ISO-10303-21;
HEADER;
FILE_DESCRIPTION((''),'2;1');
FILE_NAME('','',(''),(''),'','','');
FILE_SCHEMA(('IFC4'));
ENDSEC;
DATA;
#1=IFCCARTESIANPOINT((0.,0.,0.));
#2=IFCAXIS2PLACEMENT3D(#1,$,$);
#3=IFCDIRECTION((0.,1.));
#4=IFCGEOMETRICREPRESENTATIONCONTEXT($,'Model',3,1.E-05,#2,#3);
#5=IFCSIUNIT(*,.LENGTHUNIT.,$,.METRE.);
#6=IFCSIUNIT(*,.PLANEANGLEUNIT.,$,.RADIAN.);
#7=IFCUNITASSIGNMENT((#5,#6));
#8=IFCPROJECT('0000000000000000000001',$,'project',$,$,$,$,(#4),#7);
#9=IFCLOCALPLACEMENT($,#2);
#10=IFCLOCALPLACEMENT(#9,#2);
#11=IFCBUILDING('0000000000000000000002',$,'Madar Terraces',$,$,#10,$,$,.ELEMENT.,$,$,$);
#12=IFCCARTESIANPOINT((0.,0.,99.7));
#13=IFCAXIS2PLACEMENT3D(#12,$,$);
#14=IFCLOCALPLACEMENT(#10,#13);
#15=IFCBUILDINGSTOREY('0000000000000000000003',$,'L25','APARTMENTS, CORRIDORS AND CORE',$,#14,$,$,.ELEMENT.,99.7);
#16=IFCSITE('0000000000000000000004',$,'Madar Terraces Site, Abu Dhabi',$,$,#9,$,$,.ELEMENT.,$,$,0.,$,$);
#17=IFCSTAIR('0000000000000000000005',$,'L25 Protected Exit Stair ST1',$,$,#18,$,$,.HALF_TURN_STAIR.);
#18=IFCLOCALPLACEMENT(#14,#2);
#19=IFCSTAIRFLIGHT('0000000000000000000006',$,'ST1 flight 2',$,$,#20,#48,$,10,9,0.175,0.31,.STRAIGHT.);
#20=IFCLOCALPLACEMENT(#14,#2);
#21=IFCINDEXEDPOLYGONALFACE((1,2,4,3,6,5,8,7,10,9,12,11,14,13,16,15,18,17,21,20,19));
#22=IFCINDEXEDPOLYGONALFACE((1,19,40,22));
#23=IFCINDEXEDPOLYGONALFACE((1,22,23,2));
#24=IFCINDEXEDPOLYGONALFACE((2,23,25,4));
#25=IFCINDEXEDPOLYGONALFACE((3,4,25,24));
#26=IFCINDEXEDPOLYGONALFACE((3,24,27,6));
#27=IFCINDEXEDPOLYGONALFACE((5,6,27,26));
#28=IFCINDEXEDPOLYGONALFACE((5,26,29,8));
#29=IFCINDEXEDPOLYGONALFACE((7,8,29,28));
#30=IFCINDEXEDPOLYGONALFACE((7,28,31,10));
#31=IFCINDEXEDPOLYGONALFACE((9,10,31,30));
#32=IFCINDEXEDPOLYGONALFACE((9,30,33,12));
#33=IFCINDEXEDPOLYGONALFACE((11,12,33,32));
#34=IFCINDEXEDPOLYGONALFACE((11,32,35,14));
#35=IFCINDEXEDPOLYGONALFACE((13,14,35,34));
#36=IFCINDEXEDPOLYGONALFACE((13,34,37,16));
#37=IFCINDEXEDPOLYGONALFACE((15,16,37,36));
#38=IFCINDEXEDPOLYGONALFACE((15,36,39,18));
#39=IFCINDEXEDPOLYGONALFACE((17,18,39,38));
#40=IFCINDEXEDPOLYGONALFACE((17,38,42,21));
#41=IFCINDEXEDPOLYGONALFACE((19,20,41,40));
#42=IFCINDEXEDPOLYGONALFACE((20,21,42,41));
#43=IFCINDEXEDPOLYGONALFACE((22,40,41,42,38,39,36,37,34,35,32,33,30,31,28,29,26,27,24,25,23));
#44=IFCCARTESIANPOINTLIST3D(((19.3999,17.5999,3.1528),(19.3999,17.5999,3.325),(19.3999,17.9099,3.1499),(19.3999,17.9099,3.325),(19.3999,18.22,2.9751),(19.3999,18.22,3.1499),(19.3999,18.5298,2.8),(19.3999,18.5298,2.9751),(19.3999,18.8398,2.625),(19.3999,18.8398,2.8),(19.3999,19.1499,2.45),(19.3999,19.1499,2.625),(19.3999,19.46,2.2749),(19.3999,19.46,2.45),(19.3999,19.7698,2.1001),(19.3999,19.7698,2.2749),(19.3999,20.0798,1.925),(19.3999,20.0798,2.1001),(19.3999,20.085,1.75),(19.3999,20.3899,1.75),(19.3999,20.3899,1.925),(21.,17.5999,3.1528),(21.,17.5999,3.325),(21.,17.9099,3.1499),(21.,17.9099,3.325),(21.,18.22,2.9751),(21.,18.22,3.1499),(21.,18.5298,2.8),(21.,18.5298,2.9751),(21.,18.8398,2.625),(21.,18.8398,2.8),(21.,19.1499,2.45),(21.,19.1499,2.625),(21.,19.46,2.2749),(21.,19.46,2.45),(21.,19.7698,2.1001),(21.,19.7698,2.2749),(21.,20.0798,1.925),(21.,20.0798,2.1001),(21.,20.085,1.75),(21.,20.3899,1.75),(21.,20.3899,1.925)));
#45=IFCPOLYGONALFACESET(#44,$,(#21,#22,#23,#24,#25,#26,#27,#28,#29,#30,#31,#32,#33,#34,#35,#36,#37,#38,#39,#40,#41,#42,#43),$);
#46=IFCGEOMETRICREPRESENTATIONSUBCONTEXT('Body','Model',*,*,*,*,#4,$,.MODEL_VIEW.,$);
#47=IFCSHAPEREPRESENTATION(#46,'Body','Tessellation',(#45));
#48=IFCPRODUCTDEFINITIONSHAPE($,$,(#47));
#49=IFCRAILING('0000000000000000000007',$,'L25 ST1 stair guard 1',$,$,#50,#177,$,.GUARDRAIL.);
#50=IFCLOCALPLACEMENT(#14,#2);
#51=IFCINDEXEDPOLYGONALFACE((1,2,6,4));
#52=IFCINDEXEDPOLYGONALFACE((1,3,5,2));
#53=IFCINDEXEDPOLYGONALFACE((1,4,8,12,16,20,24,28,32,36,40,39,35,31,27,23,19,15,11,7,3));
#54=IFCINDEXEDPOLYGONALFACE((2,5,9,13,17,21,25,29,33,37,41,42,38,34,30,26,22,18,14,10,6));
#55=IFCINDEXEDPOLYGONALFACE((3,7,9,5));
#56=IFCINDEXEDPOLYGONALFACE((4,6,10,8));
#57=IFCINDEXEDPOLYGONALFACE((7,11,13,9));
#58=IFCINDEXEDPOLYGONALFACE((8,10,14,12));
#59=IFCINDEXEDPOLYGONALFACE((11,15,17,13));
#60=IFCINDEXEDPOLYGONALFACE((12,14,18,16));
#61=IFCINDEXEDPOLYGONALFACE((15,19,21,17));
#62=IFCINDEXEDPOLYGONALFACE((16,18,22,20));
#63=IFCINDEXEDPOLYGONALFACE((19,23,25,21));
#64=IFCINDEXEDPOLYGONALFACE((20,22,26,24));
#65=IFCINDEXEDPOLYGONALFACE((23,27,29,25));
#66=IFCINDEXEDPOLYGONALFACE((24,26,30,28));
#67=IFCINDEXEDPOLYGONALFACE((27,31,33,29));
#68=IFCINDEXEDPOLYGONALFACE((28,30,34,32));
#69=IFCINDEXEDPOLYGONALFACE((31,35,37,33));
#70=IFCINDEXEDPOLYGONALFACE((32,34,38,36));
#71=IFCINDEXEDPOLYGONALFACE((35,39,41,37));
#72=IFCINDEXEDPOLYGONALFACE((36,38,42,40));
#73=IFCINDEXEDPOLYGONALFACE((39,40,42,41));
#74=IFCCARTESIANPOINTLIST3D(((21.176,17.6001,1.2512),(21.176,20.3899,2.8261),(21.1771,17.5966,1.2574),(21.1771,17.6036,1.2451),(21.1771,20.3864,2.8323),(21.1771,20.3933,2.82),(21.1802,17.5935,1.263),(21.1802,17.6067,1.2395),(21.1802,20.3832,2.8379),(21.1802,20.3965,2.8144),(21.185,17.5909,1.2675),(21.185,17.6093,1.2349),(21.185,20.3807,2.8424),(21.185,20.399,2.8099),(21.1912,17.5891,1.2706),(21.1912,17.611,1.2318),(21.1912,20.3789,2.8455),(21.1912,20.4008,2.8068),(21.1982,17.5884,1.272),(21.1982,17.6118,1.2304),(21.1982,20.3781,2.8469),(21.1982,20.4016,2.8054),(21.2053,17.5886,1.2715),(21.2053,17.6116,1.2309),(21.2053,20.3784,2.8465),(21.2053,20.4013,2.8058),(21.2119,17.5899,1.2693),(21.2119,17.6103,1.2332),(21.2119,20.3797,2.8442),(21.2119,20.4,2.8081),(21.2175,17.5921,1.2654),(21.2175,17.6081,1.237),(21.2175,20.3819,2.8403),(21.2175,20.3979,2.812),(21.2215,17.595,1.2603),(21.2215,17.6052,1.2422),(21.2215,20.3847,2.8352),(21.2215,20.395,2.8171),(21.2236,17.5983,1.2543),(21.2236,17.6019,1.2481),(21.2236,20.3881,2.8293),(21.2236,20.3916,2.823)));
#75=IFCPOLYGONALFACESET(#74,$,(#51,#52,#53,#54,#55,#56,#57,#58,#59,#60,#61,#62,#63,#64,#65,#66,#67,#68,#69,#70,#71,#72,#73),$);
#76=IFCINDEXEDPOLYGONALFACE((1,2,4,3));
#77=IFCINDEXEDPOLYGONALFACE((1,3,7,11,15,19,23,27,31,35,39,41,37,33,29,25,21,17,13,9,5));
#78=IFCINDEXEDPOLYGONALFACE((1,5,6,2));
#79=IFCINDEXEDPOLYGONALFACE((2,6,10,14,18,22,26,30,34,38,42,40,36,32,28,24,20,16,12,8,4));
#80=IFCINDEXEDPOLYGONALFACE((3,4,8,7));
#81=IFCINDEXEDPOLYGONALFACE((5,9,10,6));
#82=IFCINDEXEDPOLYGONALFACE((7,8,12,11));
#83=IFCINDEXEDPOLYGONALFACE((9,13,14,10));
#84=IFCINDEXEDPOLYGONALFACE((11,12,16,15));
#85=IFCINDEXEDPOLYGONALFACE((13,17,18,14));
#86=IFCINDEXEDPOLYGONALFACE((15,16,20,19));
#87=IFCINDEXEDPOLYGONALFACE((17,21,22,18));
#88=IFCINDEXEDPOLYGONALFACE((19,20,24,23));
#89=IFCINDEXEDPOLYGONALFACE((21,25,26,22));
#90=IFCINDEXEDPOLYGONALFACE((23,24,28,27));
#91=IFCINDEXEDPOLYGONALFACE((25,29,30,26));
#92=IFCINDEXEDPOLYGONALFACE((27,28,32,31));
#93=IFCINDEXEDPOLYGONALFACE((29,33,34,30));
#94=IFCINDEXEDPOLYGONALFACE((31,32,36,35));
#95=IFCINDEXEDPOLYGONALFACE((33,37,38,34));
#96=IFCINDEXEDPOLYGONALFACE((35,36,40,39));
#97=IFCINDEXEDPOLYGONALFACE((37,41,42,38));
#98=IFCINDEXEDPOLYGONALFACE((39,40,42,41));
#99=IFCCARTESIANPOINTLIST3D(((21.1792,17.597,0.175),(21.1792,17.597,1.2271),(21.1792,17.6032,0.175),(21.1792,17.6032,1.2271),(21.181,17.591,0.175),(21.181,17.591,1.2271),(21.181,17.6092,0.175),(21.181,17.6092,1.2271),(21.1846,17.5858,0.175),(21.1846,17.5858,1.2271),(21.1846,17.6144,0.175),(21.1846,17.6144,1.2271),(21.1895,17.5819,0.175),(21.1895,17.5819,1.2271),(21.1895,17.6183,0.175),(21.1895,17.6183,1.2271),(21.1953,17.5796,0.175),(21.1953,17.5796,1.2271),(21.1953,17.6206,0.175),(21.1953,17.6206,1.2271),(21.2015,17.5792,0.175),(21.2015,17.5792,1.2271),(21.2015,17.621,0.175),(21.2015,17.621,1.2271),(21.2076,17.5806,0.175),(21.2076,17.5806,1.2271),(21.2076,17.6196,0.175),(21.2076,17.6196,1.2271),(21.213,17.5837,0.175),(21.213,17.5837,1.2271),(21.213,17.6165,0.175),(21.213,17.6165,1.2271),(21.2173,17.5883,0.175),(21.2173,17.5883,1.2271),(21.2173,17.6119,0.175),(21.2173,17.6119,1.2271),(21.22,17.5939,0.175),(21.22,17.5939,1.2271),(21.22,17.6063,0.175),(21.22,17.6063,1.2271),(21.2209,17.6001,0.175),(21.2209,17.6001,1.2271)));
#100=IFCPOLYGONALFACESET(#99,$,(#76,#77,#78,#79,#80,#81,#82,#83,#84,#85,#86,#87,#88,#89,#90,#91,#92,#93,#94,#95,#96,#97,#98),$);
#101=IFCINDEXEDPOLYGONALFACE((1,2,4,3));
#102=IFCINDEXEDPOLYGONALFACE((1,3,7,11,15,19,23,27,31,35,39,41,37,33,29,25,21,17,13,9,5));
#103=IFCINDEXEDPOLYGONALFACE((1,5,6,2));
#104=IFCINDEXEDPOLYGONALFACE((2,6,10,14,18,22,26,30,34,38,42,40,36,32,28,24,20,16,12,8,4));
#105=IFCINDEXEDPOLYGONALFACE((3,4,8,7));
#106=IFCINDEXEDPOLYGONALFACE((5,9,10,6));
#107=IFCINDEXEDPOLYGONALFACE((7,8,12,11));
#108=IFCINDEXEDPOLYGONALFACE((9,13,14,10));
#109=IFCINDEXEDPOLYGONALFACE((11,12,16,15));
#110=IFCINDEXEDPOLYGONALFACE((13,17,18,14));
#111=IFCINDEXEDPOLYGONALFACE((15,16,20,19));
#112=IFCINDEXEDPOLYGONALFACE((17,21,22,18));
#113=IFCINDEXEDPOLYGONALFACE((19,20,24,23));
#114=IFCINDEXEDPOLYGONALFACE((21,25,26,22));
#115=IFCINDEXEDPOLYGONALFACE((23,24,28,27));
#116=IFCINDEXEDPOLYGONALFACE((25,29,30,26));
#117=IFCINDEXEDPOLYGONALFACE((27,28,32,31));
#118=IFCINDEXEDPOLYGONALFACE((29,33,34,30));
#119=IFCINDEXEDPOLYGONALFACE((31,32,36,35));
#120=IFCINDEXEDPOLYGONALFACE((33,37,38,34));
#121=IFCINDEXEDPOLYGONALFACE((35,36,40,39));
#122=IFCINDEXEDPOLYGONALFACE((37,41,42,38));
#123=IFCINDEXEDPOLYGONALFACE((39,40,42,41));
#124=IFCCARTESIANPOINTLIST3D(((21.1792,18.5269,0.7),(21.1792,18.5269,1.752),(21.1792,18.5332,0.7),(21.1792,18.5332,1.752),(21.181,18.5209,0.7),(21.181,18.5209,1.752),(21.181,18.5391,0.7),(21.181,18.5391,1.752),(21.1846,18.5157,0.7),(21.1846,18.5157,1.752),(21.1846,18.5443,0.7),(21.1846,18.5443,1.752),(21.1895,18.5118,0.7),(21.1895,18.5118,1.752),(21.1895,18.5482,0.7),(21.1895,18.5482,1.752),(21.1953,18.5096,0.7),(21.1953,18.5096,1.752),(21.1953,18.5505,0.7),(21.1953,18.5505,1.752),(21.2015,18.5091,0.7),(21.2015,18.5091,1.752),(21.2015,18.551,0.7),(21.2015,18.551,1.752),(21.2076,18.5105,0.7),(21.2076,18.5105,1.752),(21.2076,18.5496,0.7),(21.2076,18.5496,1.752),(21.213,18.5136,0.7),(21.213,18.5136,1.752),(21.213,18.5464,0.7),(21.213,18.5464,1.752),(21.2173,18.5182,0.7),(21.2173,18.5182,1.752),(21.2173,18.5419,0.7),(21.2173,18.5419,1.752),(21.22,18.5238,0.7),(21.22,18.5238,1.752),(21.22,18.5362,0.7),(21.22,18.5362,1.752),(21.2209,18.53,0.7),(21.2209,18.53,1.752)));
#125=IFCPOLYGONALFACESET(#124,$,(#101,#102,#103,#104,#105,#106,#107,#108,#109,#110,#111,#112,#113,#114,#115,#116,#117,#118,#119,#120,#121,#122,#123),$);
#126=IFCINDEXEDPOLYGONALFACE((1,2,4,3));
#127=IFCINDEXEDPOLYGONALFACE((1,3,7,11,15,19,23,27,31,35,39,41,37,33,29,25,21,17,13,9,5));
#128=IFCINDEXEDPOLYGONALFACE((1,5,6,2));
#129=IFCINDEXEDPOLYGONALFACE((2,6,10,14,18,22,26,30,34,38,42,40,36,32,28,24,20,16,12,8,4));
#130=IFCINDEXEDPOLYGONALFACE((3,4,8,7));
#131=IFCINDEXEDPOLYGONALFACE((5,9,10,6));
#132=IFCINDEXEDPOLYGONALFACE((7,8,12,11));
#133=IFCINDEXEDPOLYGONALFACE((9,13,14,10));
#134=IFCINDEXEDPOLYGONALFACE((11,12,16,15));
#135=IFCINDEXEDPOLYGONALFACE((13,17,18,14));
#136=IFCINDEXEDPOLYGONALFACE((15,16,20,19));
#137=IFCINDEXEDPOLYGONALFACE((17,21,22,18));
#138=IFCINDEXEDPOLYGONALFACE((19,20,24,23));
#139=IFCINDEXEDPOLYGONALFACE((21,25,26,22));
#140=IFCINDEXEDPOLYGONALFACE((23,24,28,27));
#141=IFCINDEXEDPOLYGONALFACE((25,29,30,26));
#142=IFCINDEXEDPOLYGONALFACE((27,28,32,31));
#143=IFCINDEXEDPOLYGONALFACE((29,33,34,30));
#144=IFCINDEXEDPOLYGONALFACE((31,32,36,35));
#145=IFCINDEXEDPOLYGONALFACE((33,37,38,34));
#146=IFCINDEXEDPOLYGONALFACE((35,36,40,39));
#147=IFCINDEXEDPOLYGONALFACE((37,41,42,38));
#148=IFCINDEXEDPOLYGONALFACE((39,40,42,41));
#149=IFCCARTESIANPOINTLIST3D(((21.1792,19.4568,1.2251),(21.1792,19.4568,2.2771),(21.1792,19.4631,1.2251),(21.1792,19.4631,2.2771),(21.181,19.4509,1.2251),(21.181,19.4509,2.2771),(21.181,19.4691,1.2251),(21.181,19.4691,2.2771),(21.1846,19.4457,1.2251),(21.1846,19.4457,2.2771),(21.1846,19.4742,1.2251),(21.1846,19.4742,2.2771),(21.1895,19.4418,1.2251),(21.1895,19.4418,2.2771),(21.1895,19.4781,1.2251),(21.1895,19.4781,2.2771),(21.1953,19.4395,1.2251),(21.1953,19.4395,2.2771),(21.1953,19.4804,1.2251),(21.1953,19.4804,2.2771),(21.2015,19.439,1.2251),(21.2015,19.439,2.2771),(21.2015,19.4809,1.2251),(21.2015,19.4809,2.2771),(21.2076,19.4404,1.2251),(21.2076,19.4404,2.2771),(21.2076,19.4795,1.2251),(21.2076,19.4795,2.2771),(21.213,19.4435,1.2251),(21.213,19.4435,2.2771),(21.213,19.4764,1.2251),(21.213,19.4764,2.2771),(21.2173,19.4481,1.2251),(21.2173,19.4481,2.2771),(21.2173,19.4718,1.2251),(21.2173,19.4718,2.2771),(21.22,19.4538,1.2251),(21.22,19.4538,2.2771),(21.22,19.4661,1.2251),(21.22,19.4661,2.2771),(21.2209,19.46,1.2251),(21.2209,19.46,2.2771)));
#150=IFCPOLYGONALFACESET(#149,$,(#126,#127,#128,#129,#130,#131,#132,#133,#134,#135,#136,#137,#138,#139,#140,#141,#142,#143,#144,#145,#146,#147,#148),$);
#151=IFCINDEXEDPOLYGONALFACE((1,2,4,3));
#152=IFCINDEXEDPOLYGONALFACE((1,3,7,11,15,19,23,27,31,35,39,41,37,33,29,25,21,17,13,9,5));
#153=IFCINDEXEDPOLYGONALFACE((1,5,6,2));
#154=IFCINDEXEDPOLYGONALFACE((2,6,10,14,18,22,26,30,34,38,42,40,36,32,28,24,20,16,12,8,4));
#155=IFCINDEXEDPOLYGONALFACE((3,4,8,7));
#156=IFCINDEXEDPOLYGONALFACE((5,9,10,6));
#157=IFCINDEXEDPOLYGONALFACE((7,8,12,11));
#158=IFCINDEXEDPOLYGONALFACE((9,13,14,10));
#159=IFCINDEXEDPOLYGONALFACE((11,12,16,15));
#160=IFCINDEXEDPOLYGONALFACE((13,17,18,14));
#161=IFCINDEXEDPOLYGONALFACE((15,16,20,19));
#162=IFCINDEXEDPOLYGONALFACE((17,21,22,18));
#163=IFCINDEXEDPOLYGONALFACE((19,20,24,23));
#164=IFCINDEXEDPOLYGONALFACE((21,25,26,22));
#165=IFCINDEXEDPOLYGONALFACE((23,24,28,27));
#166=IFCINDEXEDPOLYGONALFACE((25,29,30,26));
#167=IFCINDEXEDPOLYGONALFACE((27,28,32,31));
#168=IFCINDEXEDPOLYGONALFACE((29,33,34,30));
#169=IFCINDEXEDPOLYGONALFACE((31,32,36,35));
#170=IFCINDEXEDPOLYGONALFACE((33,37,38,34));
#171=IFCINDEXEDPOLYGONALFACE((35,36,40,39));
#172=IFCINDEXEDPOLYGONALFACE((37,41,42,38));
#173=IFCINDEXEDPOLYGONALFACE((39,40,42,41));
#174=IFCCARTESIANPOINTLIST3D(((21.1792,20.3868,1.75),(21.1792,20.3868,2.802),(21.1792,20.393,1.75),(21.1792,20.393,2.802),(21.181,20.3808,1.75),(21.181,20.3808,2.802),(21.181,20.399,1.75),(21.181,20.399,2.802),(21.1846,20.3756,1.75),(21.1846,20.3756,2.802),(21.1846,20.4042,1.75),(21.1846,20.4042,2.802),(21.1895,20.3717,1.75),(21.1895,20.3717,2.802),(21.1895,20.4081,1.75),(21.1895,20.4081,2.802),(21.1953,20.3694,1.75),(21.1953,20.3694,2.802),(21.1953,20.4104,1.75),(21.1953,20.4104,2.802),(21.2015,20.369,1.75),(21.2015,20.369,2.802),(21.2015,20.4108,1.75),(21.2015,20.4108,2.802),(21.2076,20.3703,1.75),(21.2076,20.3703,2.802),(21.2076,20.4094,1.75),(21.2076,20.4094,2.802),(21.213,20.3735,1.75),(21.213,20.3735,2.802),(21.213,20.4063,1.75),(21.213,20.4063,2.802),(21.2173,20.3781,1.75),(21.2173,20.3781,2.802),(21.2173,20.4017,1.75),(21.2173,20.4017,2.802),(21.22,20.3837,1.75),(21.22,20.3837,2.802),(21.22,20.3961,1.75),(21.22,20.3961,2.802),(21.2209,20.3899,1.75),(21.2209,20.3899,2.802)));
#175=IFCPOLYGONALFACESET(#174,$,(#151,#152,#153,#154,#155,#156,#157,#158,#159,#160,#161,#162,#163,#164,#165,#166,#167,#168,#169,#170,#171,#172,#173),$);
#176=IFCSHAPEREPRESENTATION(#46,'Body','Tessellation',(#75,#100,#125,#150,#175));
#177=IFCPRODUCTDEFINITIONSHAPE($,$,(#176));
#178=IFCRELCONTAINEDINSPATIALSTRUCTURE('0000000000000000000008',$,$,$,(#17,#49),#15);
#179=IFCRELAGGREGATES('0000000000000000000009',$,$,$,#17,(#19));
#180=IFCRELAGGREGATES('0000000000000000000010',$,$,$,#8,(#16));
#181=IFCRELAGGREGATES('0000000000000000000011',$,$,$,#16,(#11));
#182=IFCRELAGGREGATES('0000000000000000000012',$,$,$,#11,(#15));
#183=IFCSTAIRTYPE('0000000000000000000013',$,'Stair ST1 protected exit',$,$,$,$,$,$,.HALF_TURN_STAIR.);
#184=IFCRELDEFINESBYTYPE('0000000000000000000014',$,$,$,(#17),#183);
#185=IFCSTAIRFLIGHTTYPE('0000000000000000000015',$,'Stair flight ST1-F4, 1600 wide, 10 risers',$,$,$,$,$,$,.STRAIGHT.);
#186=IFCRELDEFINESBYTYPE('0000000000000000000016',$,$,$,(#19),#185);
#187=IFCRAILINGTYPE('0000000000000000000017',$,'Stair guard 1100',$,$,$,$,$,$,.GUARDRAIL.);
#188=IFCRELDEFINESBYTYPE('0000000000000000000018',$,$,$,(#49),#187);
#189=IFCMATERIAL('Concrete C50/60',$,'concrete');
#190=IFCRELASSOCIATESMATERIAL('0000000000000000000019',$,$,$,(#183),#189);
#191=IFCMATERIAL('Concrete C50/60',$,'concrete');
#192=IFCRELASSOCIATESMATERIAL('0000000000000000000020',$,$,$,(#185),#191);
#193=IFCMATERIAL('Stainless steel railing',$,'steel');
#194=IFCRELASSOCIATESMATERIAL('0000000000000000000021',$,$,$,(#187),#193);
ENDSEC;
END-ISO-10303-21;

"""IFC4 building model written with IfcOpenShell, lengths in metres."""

from ifc_helpers import new_model, si_unit, direction, frame, origin, origin_2d, place, context, subcontext, project, spatial, polyline, circle, outline, extrude, material, type_object, element, aggregate, save


model = new_model("IFC4")

# Units and contexts
model_context = context("Model", 3, precision=1e-05, world=origin(), true_north=direction((0.0, 1.0)))
body_context = subcontext(model_context, "Body", "Model", "MODEL_VIEW")
ifc_project = project(units=[si_unit("LENGTHUNIT", "METRE"), si_unit("PLANEANGLEUNIT", "RADIAN")], contexts=[model_context])

# Site, building, storey
site_placement = place(None, origin())
site = spatial("IfcSite", under=ifc_project, at=site_placement, Name="Madar Terraces Site, Abu Dhabi", CompositionType="ELEMENT", RefElevation=0.0)
building_placement = place(site_placement, origin())
building = spatial("IfcBuilding", under=site, at=building_placement, Name="Madar Terraces", CompositionType="ELEMENT")
storey_placement = place(building_placement, frame((0.0, 0.0, 99.7)))
storey = spatial("IfcBuildingStorey", under=building, at=storey_placement, Name="L25", Description="APARTMENTS, CORRIDORS AND CORE", CompositionType="ELEMENT", Elevation=99.7)

# Stair, stair flight
ifc_material_1 = material(Name="Concrete C50/60", Category="concrete")
stair_type = type_object("IfcStairType", Name="Stair ST1 protected exit", PredefinedType="HALF_TURN_STAIR", material=ifc_material_1)
stair_placement = place(storey_placement, origin())
stair = element("IfcStair", 1, at=stair_placement, inside=storey, type_object=stair_type, Name="L25 Protected Exit Stair ST1", PredefinedType="HALF_TURN_STAIR")
ifc_material_2 = material(Name="Concrete C50/60", Category="concrete")
stair_flight_type = type_object("IfcStairFlightType", Name="Stair flight ST1-F4, 1600 wide, 10 risers", PredefinedType="STRAIGHT", material=ifc_material_2)
stair_flight_1_placement = place(storey_placement, frame((20.2, 20.3899, 1.75), z_axis=(0.0, 0.0, 1.0), x_axis=(0.0, -1.0, 0.0)))
stair_flight_1 = element("IfcStairFlight", 2, at=stair_flight_1_placement, type_object=stair_flight_type, Name="ST1 flight 2", NumberOfRisers=10, NumberOfTreads=9, PredefinedType="STRAIGHT", RiserHeight=0.175, TreadLength=0.31, context=body_context, shape_type="SweptSolid", body=[
    extrude(outline(polyline([(0.0, 0.0), (0.0, 0.175), (0.3101, 0.175), (0.3101, 0.3501), (0.6201, 0.3501), (0.6201, 0.5249), (0.9299, 0.5249), (0.9299, 0.7), (1.24, 0.7), (1.24, 0.875), (1.55, 0.875), (1.55, 1.05), (1.8601, 1.05), (1.8601, 1.2251), (2.1699, 1.2251), (2.1699, 1.3999), (2.48, 1.3999), (2.48, 1.575), (2.79, 1.575), (2.79, 1.75), (2.79, 1.4028), (0.3049, 0.0), (0.0, 0.0)])), frame((0.0, 0.8, 0.0), z_axis=(0.0, -1.0, 0.0), x_axis=(1.0, 0.0, 0.0)), (0.0, 0.0, 1.0), 1.6001),
])
aggregate(stair, [stair_flight_1])

# Railing
ifc_material_3 = material(Name="Stainless steel railing", Category="steel")
railing_type_1 = type_object("IfcRailingType", Name="Stair guard 1100", PredefinedType="GUARDRAIL", material=ifc_material_3)
railing_1_placement = place(storey_placement, frame((21.2, 17.6001, 0.175)))
element("IfcRailing", 3, at=railing_1_placement, inside=storey, type_object=railing_type_1, Name="L25 ST1 stair guard 1", PredefinedType="GUARDRAIL", context=body_context, shape_type="SweptSolid", body=[
    extrude(circle(Radius=0.0239, at=origin_2d()), frame((0.0, 0.0, 1.0762), z_axis=(0.0, 0.870815, 0.49161), x_axis=(-1.0, 0.0, 0.0)), (0.0, 0.0, 1.0), 3.2036),
    extrude(circle(Radius=0.021, at=origin_2d()), origin(), (0.0, 0.0, 1.0), 1.052),
    extrude(circle(Radius=0.021, at=origin_2d()), frame((0.0, 0.9299, 0.5249)), (0.0, 0.0, 1.0), 1.052),
    extrude(circle(Radius=0.021, at=origin_2d()), frame((0.0, 1.8599, 1.05)), (0.0, 0.0, 1.0), 1.052),
    extrude(circle(Radius=0.021, at=origin_2d()), frame((0.0, 2.7898, 1.575)), (0.0, 0.0, 1.0), 1.052),
])

save(model, "model.ifc")
